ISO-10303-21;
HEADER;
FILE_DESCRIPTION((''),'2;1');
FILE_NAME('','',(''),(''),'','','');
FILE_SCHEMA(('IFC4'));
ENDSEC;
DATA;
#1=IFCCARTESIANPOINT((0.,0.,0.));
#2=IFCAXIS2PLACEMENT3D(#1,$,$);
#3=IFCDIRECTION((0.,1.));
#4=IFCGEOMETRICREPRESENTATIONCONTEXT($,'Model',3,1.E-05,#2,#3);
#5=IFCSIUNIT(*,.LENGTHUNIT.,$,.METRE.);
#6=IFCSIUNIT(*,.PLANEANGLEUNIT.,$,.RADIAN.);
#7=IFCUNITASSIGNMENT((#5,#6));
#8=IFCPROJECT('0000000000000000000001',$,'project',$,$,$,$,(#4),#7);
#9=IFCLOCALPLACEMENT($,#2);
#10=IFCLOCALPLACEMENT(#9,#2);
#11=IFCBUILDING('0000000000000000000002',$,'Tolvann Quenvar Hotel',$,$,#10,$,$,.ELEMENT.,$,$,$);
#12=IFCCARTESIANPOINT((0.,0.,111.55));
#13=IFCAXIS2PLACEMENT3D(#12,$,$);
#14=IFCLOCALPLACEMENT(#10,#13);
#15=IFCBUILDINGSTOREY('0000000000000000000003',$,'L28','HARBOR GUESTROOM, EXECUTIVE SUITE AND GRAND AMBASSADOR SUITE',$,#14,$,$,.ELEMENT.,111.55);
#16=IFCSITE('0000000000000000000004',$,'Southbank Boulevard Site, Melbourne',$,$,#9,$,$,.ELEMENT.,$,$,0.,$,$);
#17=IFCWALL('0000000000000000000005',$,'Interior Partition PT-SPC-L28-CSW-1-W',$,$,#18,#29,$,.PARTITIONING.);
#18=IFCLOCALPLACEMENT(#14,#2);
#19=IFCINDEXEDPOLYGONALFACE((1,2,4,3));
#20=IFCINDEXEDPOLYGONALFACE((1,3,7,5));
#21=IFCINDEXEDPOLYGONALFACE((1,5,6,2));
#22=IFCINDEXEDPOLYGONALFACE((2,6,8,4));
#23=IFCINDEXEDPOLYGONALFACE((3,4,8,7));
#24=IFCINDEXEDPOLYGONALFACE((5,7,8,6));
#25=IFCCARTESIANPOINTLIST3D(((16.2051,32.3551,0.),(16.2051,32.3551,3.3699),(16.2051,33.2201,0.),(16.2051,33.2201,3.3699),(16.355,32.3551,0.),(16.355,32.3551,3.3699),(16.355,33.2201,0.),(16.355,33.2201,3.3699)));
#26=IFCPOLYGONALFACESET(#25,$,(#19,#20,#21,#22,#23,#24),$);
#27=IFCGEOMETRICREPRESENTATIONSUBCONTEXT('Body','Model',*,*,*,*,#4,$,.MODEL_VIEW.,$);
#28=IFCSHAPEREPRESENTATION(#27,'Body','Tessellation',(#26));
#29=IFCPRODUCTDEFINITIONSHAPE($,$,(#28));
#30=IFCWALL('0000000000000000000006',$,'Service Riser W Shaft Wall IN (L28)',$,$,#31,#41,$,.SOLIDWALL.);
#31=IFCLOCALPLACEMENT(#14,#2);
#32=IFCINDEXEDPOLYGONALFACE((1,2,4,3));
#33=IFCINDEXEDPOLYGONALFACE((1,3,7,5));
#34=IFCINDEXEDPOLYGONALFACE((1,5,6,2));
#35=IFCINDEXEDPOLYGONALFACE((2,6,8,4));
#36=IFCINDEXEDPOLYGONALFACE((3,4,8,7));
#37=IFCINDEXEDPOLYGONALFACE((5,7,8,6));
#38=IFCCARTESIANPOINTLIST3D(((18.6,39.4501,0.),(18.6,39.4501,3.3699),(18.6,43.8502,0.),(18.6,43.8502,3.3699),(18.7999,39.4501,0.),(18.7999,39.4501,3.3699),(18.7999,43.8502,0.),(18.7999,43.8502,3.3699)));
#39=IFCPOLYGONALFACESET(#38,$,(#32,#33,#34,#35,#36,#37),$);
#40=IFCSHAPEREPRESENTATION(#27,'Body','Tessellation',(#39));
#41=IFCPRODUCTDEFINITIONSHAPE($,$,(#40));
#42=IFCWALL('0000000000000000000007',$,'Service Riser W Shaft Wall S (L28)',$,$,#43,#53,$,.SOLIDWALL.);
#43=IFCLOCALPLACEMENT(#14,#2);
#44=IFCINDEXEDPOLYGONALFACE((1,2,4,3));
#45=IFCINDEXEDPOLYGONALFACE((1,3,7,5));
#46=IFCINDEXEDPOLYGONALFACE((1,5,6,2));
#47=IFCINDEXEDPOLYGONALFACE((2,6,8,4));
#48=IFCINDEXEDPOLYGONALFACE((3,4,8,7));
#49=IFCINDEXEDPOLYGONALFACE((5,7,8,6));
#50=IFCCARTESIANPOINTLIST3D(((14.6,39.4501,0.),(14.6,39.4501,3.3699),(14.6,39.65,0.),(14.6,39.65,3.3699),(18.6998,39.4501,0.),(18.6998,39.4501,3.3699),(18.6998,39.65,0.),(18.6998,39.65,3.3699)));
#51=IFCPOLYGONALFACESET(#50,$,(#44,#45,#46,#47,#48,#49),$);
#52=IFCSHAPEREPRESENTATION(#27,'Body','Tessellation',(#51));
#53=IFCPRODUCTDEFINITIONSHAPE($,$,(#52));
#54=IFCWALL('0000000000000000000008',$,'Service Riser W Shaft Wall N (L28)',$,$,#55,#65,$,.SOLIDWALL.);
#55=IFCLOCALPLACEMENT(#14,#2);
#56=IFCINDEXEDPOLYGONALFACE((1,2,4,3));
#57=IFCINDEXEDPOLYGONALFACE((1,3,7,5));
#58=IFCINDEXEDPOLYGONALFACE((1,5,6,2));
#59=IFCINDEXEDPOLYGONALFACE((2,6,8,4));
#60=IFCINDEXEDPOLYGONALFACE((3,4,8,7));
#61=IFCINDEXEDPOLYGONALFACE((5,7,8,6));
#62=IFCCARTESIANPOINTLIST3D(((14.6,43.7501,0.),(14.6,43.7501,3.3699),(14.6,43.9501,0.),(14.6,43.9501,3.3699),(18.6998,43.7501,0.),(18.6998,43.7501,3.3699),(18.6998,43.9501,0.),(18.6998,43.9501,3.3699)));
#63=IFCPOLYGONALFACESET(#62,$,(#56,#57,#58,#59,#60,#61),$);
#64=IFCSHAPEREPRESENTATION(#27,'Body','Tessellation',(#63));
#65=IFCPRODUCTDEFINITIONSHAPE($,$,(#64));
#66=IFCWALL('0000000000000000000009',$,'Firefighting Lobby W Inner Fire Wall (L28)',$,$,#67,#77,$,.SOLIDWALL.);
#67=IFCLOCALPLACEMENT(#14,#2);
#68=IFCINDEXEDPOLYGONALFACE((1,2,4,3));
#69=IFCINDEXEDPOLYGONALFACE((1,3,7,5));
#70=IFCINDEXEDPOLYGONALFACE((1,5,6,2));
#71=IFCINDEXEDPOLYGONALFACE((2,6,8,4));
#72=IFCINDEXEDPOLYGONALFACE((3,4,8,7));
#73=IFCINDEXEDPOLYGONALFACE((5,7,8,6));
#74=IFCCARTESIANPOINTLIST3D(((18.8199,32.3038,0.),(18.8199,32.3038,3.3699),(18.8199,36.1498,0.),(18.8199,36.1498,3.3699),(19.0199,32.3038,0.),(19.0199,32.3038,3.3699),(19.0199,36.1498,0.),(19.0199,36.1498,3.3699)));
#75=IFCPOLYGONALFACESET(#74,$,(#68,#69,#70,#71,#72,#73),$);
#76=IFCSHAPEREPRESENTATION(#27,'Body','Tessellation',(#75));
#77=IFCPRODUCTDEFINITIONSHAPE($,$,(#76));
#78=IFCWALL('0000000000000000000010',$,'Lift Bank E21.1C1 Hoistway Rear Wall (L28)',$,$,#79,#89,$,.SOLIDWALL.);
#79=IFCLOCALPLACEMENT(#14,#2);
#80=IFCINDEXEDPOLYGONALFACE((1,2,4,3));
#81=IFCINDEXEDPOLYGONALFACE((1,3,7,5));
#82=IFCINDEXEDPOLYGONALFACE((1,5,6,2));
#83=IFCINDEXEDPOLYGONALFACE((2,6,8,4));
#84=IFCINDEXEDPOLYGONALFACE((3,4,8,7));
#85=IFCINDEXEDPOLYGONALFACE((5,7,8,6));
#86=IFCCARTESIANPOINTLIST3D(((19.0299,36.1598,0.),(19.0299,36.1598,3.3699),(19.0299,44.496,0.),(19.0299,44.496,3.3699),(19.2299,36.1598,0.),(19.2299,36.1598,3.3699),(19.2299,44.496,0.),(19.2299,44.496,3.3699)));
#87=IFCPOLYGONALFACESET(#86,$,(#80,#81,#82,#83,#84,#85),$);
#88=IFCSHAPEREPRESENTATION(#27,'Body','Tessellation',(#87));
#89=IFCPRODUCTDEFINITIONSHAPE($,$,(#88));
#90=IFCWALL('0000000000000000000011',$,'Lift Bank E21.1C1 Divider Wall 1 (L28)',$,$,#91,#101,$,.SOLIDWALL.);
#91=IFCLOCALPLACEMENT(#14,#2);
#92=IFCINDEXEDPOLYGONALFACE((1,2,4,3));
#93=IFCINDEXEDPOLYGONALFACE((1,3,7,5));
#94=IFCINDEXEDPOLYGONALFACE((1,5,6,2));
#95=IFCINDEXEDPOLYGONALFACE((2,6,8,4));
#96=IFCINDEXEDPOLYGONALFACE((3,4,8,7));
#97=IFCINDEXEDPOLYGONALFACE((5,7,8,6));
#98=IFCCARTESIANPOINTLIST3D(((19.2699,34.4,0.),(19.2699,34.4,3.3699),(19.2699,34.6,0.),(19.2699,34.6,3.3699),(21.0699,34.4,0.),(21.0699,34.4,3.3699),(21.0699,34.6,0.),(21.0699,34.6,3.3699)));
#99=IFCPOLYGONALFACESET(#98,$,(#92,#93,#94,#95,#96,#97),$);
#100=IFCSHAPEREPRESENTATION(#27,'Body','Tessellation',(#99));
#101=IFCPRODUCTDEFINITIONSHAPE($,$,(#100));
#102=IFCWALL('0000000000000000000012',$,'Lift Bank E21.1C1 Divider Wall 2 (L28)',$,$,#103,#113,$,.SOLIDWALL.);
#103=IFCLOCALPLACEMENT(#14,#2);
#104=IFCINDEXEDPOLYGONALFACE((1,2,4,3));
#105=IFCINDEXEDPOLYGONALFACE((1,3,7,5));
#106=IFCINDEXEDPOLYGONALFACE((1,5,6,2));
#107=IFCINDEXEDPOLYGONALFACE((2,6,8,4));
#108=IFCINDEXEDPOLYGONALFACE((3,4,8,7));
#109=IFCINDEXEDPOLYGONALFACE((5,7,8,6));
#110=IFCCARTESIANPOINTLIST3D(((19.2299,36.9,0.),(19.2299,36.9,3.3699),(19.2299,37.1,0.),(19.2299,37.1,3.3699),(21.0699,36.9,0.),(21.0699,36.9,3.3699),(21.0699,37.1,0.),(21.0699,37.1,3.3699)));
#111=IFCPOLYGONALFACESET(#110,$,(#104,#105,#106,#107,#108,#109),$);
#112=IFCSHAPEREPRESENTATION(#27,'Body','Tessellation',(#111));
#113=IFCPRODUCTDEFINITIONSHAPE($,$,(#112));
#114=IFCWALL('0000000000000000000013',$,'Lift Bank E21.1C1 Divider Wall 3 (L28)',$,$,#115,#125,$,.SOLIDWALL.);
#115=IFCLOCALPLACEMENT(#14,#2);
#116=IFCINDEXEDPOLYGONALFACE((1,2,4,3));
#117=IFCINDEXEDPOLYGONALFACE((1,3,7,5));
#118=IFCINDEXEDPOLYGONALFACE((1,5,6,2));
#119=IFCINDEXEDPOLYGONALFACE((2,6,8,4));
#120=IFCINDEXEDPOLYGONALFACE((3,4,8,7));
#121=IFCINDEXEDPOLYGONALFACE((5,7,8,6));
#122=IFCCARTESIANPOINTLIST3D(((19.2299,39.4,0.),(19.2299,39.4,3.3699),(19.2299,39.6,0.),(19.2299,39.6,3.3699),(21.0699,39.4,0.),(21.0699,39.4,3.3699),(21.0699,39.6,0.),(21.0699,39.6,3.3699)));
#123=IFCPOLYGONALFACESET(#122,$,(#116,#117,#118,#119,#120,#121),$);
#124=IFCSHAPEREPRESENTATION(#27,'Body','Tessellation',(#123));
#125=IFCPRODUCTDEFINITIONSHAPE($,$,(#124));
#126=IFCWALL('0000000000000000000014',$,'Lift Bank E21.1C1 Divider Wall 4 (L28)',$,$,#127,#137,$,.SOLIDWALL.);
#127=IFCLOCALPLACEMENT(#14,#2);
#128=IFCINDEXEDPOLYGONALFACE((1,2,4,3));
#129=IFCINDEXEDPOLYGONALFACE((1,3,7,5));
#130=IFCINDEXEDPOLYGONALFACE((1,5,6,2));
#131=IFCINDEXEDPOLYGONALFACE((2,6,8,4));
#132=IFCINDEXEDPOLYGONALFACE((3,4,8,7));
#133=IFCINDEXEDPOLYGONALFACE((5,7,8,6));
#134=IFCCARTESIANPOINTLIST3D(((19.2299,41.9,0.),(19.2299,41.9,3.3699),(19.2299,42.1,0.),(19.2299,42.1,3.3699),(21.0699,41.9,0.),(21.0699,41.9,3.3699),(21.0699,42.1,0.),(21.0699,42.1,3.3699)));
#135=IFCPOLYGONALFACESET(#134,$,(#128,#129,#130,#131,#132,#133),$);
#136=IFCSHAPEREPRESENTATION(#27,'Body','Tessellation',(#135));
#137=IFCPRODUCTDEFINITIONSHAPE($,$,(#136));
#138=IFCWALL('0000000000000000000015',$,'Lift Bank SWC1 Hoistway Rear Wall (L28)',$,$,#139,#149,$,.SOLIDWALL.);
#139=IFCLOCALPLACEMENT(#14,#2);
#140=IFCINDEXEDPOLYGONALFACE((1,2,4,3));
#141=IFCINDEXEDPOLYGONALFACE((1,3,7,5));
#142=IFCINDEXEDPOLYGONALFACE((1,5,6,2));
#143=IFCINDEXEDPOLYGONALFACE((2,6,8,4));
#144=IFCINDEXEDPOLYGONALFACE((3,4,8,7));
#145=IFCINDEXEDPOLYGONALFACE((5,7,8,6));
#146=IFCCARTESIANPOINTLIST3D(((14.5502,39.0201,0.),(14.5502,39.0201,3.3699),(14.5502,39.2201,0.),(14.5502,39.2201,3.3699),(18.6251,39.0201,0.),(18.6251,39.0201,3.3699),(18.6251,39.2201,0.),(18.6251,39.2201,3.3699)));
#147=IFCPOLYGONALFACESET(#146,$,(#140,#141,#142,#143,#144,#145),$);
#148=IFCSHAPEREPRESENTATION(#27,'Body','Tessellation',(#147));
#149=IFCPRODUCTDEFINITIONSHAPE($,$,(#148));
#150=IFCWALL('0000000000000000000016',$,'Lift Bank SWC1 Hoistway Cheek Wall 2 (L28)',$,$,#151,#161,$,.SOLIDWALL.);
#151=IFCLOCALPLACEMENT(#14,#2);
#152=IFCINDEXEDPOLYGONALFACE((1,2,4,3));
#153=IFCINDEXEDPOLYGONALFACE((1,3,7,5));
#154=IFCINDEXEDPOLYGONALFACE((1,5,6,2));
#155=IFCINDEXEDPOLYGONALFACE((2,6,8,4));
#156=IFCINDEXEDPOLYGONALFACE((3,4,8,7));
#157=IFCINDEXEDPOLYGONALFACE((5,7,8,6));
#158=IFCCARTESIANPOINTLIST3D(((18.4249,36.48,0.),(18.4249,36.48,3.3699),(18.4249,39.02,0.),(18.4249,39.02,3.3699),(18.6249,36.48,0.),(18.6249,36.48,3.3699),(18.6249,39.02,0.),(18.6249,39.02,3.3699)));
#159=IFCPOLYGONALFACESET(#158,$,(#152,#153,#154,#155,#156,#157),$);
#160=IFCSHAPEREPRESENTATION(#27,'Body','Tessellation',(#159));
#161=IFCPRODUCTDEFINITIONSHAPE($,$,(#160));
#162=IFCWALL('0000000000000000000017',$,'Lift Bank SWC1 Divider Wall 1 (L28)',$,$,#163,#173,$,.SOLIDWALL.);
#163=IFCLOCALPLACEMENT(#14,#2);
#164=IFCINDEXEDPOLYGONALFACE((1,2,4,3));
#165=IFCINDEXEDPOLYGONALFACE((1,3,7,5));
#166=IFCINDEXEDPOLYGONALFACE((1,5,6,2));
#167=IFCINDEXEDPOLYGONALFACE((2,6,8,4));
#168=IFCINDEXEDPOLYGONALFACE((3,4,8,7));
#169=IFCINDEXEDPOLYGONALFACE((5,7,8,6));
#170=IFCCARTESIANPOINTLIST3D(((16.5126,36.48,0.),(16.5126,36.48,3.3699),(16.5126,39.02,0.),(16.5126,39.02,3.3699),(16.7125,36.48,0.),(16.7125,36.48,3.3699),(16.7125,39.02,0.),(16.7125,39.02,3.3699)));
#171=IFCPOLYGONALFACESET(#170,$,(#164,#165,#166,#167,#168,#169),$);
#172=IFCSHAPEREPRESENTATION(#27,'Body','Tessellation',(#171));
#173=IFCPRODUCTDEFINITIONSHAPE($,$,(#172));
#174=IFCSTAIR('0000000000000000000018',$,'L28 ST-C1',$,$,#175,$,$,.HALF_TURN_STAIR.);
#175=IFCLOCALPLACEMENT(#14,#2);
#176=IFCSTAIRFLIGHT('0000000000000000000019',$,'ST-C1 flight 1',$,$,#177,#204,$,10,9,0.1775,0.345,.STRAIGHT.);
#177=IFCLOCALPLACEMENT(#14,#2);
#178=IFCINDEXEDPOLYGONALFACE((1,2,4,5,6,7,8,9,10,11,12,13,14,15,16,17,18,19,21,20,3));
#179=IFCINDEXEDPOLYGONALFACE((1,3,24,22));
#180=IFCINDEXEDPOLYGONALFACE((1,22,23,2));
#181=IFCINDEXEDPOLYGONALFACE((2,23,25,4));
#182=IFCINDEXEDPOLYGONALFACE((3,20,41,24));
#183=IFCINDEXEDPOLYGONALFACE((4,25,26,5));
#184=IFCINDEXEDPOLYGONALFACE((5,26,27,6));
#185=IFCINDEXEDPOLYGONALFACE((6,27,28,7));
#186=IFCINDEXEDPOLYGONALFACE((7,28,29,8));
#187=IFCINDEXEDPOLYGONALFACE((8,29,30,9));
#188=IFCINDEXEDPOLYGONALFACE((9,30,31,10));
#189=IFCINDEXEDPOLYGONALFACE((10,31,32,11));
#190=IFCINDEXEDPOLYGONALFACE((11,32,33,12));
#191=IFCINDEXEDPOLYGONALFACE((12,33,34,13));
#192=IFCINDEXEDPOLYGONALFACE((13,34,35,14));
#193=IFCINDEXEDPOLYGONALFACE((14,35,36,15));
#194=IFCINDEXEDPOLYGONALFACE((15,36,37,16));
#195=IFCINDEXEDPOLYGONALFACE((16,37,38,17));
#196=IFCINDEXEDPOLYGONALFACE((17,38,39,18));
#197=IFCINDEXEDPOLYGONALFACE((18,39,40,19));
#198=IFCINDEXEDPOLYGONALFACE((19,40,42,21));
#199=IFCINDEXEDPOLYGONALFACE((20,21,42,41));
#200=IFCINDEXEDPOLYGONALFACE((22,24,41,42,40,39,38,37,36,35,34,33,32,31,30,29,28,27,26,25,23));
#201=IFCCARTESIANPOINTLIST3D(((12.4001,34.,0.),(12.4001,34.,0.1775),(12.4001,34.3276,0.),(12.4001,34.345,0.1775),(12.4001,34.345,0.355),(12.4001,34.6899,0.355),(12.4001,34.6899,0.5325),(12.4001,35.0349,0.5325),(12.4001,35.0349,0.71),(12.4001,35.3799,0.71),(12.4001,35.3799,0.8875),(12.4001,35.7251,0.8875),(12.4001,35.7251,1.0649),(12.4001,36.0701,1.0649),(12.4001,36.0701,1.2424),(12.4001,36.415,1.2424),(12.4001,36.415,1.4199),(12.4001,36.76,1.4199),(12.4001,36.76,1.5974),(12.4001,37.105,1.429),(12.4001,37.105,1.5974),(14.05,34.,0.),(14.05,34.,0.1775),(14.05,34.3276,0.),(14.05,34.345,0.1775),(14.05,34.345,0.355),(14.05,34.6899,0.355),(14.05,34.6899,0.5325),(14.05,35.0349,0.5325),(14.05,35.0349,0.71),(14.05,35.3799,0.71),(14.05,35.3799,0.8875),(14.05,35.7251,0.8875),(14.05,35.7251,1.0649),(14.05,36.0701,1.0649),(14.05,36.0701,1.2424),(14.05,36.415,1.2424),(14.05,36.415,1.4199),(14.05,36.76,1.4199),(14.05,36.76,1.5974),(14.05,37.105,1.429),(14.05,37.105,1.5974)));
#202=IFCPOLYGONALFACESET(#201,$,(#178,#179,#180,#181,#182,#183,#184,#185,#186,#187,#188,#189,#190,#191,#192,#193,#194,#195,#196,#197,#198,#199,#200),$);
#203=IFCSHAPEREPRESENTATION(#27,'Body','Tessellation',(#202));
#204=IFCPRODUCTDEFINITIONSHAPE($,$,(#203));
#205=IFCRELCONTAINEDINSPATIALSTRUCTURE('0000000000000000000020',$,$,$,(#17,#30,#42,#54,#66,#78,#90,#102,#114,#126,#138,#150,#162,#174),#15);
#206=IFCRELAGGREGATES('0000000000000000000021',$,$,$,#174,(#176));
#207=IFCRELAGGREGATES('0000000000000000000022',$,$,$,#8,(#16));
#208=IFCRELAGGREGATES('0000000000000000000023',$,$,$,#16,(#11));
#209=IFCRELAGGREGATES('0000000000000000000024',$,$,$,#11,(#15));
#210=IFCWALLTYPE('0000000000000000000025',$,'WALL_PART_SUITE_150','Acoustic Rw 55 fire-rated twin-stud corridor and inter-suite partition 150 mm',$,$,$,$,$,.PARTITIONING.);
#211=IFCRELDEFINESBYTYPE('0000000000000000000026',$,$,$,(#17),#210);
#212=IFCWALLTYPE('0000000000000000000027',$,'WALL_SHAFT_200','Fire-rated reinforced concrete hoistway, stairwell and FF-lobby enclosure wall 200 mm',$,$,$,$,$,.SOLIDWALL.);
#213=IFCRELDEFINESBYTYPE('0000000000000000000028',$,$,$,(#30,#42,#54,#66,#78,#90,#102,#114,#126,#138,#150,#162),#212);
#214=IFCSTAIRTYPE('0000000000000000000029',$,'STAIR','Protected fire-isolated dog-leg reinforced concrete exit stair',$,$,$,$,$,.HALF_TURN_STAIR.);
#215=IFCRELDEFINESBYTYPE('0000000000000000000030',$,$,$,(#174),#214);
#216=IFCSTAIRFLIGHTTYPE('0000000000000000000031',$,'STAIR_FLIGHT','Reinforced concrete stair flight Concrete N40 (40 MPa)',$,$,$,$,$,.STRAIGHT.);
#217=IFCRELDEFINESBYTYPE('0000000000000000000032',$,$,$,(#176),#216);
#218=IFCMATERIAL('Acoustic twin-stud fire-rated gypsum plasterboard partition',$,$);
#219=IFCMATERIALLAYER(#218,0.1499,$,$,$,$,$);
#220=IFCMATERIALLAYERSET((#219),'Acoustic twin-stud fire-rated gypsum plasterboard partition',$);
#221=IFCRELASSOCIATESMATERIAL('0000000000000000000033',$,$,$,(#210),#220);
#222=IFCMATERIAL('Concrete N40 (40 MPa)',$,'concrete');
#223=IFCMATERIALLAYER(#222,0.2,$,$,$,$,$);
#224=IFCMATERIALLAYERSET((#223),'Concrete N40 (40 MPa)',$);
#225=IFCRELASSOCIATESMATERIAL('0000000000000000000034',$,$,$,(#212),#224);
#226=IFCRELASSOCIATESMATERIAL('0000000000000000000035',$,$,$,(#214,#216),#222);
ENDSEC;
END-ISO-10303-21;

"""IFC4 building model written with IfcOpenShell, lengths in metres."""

from ifc_helpers import new_model, si_unit, direction, frame, frame_2d, origin, place, context, subcontext, project, spatial, polyline, rectangle, outline, extrude, material, layer, layer_set, type_object, element, aggregate, save


model = new_model("IFC4")

# Units and contexts
model_context = context("Model", 3, precision=1e-05, world=origin(), true_north=direction((0.0, 1.0)))
body_context = subcontext(model_context, "Body", "Model", "MODEL_VIEW")
ifc_project = project(units=[si_unit("LENGTHUNIT", "METRE"), si_unit("PLANEANGLEUNIT", "RADIAN")], contexts=[model_context])

# Site, building, storey
site_placement = place(None, origin())
site = spatial("IfcSite", under=ifc_project, at=site_placement, Name="Southbank Boulevard Site, Melbourne", CompositionType="ELEMENT", RefElevation=0.0)
building_placement = place(site_placement, origin())
building = spatial("IfcBuilding", under=site, at=building_placement, Name="Tolvann Quenvar Hotel", CompositionType="ELEMENT")
storey_placement = place(building_placement, frame((0.0, 0.0, 111.55)))
storey = spatial("IfcBuildingStorey", under=building, at=storey_placement, Name="L28", Description="HARBOR GUESTROOM, EXECUTIVE SUITE AND GRAND AMBASSADOR SUITE", CompositionType="ELEMENT", Elevation=111.55)

# Walls
ifc_material_1 = material(Name="Acoustic twin-stud fire-rated gypsum plasterboard partition")
ifc_layer_1 = layer(ifc_material_1, 0.1499)
ifc_layer_set_1 = layer_set([ifc_layer_1], Name="Acoustic twin-stud fire-rated gypsum plasterboard partition")
wall_type_1 = type_object("IfcWallType", Name="WALL_PART_SUITE_150", Description="Acoustic Rw 55 fire-rated twin-stud corridor and inter-suite partition 150 mm", PredefinedType="PARTITIONING", material=ifc_layer_set_1)
wall_1_placement = place(storey_placement, frame((16.28, 32.355, 0.0), z_axis=(0.0, 0.0, 1.0), x_axis=(0.0, 1.0, 0.0)))
element("IfcWall", 1, at=wall_1_placement, inside=storey, type_object=wall_type_1, Name="Interior Partition PT-SPC-L28-CSW-1-W", PredefinedType="PARTITIONING", context=body_context, shape_type="SweptSolid", body=[
    extrude(rectangle(XDim=0.865, YDim=0.1499, at=frame_2d((0.4326, 0.0))), origin(), (0.0, 0.0, 1.0), 3.3699),
])
ifc_material_2 = material(Name="Concrete N40 (40 MPa)", Category="concrete")
ifc_layer_2 = layer(ifc_material_2, 0.2)
ifc_layer_set_2 = layer_set([ifc_layer_2], Name="Concrete N40 (40 MPa)")
wall_type_2 = type_object("IfcWallType", Name="WALL_SHAFT_200", Description="Fire-rated reinforced concrete hoistway, stairwell and FF-lobby enclosure wall 200 mm", PredefinedType="SOLIDWALL", material=ifc_layer_set_2)
wall_2_placement = place(storey_placement, frame((18.7, 39.45, 0.0), z_axis=(0.0, 0.0, 1.0), x_axis=(0.0, 1.0, 0.0)))
element("IfcWall", 2, at=wall_2_placement, inside=storey, type_object=wall_type_2, Name="Service Riser W Shaft Wall IN (L28)", PredefinedType="SOLIDWALL", context=body_context, shape_type="SweptSolid", body=[
    extrude(rectangle(XDim=4.4001, YDim=0.2, at=frame_2d((2.2002, 0.0))), origin(), (0.0, 0.0, 1.0), 3.3699),
])
for number, where, z_axis, x_axis, name in (
    (3, (14.6001, 39.55, 0.0), (0.0, 0.0, 1.0), (1.0, 0.0, 0.0), "Service Riser W Shaft Wall S (L28)"),
    (4, (14.6001, 43.8501, 0.0), (0.0, 0.0, 1.0), (1.0, 0.0, 0.0), "Service Riser W Shaft Wall N (L28)"),
):
    element("IfcWall", number, at=place(storey_placement, frame(where, z_axis=z_axis, x_axis=x_axis)), inside=storey, type_object=wall_type_2, Name=name, PredefinedType="SOLIDWALL", context=body_context, shape_type="SweptSolid", body=[
        extrude(rectangle(XDim=4.0999, YDim=0.2, at=frame_2d((2.0498, 0.0))), origin(), (0.0, 0.0, 1.0), 3.3699),
    ])
wall_3_placement = place(storey_placement, frame((18.9199, 32.304, 0.0), z_axis=(0.0, 0.0, 1.0), x_axis=(0.0, 1.0, 0.0)))
element("IfcWall", 5, at=wall_3_placement, inside=storey, type_object=wall_type_2, Name="Firefighting Lobby W Inner Fire Wall (L28)", PredefinedType="SOLIDWALL", context=body_context, shape_type="SweptSolid", body=[
    extrude(rectangle(XDim=3.8459, YDim=0.2, at=frame_2d((1.9229, 0.0))), origin(), (0.0, 0.0, 1.0), 3.3699),
])

# Walls
wall_4_placement = place(storey_placement, frame((19.1299, 36.1599, 0.0), z_axis=(0.0, 0.0, 1.0), x_axis=(0.0, 1.0, 0.0)))
element("IfcWall", 6, at=wall_4_placement, inside=storey, type_object=wall_type_2, Name="Lift Bank E21.1C1 Hoistway Rear Wall (L28)", PredefinedType="SOLIDWALL", context=body_context, shape_type="SweptSolid", body=[
    extrude(rectangle(XDim=8.3362, YDim=0.2, at=frame_2d((4.168, 0.0))), origin(), (0.0, 0.0, 1.0), 3.3699),
])
wall_5_placement = place(storey_placement, frame((19.27, 34.5, 0.0), z_axis=(0.0, 0.0, 1.0), x_axis=(1.0, 0.0, 0.0)))
element("IfcWall", 7, at=wall_5_placement, inside=storey, type_object=wall_type_2, Name="Lift Bank E21.1C1 Divider Wall 1 (L28)", PredefinedType="SOLIDWALL", context=body_context, shape_type="SweptSolid", body=[
    extrude(rectangle(XDim=1.8, YDim=0.2, at=frame_2d((0.8999, 0.0))), origin(), (0.0, 0.0, 1.0), 3.3699),
])
for number, where, z_axis, x_axis, name in (
    (8, (19.23, 37.0, 0.0), (0.0, 0.0, 1.0), (1.0, 0.0, 0.0), "Lift Bank E21.1C1 Divider Wall 2 (L28)"),
    (9, (19.23, 39.5, 0.0), (0.0, 0.0, 1.0), (1.0, 0.0, 0.0), "Lift Bank E21.1C1 Divider Wall 3 (L28)"),
    (10, (19.23, 42.0, 0.0), (0.0, 0.0, 1.0), (1.0, 0.0, 0.0), "Lift Bank E21.1C1 Divider Wall 4 (L28)"),
):
    element("IfcWall", number, at=place(storey_placement, frame(where, z_axis=z_axis, x_axis=x_axis)), inside=storey, type_object=wall_type_2, Name=name, PredefinedType="SOLIDWALL", context=body_context, shape_type="SweptSolid", body=[
        extrude(rectangle(XDim=1.8401, YDim=0.2, at=frame_2d((0.9199, 0.0))), origin(), (0.0, 0.0, 1.0), 3.3699),
    ])

# Walls
wall_6_placement = place(storey_placement, frame((14.55, 39.1201, 0.0), z_axis=(0.0, 0.0, 1.0), x_axis=(1.0, 0.0, 0.0)))
element("IfcWall", 11, at=wall_6_placement, inside=storey, type_object=wall_type_2, Name="Lift Bank SWC1 Hoistway Rear Wall (L28)", PredefinedType="SOLIDWALL", context=body_context, shape_type="SweptSolid", body=[
    extrude(rectangle(XDim=4.075, YDim=0.2, at=frame_2d((2.0376, 0.0))), origin(), (0.0, 0.0, 1.0), 3.3699),
])
for number, where, z_axis, x_axis, name in (
    (12, (18.5249, 36.48, 0.0), (0.0, 0.0, 1.0), (0.0, 1.0, 0.0), "Lift Bank SWC1 Hoistway Cheek Wall 2 (L28)"),
    (13, (16.6125, 36.48, 0.0), (0.0, 0.0, 1.0), (0.0, 1.0, 0.0), "Lift Bank SWC1 Divider Wall 1 (L28)"),
):
    element("IfcWall", number, at=place(storey_placement, frame(where, z_axis=z_axis, x_axis=x_axis)), inside=storey, type_object=wall_type_2, Name=name, PredefinedType="SOLIDWALL", context=body_context, shape_type="SweptSolid", body=[
        extrude(rectangle(XDim=2.54, YDim=0.2, at=frame_2d((1.27, 0.0))), origin(), (0.0, 0.0, 1.0), 3.3699),
    ])

# Stair, stair flight
stair_type = type_object("IfcStairType", Name="STAIR", Description="Protected fire-isolated dog-leg reinforced concrete exit stair", PredefinedType="HALF_TURN_STAIR", material=ifc_material_2)
stair_placement = place(storey_placement, origin())
stair = element("IfcStair", 14, at=stair_placement, inside=storey, type_object=stair_type, Name="L28 ST-C1", PredefinedType="HALF_TURN_STAIR")
stair_flight_type = type_object("IfcStairFlightType", Name="STAIR_FLIGHT", Description="Reinforced concrete stair flight Concrete N40 (40 MPa)", PredefinedType="STRAIGHT", material=ifc_material_2)
stair_flight_1_placement = place(storey_placement, frame((13.2251, 34.0, 0.0), z_axis=(0.0, 0.0, 1.0), x_axis=(0.0, 1.0, 0.0)))
stair_flight_1 = element("IfcStairFlight", 15, at=stair_flight_1_placement, type_object=stair_flight_type, Name="ST-C1 flight 1", NumberOfRisers=10, NumberOfTreads=9, PredefinedType="STRAIGHT", RiserHeight=0.1775, TreadLength=0.345, context=body_context, shape_type="SweptSolid", body=[
    extrude(outline(polyline([(0.0, 0.0), (0.0, 0.1775), (0.345, 0.1775), (0.345, 0.355), (0.6899, 0.355), (0.6899, 0.5325), (1.0349, 0.5325), (1.0349, 0.71), (1.3799, 0.71), (1.3799, 0.8875), (1.7251, 0.8875), (1.7251, 1.0649), (2.0701, 1.0649), (2.0701, 1.2424), (2.415, 1.2424), (2.415, 1.4199), (2.76, 1.4199), (2.76, 1.5974), (3.105, 1.5974), (3.105, 1.7749), (3.105, 1.429), (0.3276, 0.0), (0.0, 0.0)])), frame((0.0, 0.825, 0.0), z_axis=(0.0, -1.0, 0.0), x_axis=(1.0, 0.0, 0.0)), (0.0, 0.0, 1.0), 1.6499),
])
aggregate(stair, [stair_flight_1])

save(model, "model.ifc")
